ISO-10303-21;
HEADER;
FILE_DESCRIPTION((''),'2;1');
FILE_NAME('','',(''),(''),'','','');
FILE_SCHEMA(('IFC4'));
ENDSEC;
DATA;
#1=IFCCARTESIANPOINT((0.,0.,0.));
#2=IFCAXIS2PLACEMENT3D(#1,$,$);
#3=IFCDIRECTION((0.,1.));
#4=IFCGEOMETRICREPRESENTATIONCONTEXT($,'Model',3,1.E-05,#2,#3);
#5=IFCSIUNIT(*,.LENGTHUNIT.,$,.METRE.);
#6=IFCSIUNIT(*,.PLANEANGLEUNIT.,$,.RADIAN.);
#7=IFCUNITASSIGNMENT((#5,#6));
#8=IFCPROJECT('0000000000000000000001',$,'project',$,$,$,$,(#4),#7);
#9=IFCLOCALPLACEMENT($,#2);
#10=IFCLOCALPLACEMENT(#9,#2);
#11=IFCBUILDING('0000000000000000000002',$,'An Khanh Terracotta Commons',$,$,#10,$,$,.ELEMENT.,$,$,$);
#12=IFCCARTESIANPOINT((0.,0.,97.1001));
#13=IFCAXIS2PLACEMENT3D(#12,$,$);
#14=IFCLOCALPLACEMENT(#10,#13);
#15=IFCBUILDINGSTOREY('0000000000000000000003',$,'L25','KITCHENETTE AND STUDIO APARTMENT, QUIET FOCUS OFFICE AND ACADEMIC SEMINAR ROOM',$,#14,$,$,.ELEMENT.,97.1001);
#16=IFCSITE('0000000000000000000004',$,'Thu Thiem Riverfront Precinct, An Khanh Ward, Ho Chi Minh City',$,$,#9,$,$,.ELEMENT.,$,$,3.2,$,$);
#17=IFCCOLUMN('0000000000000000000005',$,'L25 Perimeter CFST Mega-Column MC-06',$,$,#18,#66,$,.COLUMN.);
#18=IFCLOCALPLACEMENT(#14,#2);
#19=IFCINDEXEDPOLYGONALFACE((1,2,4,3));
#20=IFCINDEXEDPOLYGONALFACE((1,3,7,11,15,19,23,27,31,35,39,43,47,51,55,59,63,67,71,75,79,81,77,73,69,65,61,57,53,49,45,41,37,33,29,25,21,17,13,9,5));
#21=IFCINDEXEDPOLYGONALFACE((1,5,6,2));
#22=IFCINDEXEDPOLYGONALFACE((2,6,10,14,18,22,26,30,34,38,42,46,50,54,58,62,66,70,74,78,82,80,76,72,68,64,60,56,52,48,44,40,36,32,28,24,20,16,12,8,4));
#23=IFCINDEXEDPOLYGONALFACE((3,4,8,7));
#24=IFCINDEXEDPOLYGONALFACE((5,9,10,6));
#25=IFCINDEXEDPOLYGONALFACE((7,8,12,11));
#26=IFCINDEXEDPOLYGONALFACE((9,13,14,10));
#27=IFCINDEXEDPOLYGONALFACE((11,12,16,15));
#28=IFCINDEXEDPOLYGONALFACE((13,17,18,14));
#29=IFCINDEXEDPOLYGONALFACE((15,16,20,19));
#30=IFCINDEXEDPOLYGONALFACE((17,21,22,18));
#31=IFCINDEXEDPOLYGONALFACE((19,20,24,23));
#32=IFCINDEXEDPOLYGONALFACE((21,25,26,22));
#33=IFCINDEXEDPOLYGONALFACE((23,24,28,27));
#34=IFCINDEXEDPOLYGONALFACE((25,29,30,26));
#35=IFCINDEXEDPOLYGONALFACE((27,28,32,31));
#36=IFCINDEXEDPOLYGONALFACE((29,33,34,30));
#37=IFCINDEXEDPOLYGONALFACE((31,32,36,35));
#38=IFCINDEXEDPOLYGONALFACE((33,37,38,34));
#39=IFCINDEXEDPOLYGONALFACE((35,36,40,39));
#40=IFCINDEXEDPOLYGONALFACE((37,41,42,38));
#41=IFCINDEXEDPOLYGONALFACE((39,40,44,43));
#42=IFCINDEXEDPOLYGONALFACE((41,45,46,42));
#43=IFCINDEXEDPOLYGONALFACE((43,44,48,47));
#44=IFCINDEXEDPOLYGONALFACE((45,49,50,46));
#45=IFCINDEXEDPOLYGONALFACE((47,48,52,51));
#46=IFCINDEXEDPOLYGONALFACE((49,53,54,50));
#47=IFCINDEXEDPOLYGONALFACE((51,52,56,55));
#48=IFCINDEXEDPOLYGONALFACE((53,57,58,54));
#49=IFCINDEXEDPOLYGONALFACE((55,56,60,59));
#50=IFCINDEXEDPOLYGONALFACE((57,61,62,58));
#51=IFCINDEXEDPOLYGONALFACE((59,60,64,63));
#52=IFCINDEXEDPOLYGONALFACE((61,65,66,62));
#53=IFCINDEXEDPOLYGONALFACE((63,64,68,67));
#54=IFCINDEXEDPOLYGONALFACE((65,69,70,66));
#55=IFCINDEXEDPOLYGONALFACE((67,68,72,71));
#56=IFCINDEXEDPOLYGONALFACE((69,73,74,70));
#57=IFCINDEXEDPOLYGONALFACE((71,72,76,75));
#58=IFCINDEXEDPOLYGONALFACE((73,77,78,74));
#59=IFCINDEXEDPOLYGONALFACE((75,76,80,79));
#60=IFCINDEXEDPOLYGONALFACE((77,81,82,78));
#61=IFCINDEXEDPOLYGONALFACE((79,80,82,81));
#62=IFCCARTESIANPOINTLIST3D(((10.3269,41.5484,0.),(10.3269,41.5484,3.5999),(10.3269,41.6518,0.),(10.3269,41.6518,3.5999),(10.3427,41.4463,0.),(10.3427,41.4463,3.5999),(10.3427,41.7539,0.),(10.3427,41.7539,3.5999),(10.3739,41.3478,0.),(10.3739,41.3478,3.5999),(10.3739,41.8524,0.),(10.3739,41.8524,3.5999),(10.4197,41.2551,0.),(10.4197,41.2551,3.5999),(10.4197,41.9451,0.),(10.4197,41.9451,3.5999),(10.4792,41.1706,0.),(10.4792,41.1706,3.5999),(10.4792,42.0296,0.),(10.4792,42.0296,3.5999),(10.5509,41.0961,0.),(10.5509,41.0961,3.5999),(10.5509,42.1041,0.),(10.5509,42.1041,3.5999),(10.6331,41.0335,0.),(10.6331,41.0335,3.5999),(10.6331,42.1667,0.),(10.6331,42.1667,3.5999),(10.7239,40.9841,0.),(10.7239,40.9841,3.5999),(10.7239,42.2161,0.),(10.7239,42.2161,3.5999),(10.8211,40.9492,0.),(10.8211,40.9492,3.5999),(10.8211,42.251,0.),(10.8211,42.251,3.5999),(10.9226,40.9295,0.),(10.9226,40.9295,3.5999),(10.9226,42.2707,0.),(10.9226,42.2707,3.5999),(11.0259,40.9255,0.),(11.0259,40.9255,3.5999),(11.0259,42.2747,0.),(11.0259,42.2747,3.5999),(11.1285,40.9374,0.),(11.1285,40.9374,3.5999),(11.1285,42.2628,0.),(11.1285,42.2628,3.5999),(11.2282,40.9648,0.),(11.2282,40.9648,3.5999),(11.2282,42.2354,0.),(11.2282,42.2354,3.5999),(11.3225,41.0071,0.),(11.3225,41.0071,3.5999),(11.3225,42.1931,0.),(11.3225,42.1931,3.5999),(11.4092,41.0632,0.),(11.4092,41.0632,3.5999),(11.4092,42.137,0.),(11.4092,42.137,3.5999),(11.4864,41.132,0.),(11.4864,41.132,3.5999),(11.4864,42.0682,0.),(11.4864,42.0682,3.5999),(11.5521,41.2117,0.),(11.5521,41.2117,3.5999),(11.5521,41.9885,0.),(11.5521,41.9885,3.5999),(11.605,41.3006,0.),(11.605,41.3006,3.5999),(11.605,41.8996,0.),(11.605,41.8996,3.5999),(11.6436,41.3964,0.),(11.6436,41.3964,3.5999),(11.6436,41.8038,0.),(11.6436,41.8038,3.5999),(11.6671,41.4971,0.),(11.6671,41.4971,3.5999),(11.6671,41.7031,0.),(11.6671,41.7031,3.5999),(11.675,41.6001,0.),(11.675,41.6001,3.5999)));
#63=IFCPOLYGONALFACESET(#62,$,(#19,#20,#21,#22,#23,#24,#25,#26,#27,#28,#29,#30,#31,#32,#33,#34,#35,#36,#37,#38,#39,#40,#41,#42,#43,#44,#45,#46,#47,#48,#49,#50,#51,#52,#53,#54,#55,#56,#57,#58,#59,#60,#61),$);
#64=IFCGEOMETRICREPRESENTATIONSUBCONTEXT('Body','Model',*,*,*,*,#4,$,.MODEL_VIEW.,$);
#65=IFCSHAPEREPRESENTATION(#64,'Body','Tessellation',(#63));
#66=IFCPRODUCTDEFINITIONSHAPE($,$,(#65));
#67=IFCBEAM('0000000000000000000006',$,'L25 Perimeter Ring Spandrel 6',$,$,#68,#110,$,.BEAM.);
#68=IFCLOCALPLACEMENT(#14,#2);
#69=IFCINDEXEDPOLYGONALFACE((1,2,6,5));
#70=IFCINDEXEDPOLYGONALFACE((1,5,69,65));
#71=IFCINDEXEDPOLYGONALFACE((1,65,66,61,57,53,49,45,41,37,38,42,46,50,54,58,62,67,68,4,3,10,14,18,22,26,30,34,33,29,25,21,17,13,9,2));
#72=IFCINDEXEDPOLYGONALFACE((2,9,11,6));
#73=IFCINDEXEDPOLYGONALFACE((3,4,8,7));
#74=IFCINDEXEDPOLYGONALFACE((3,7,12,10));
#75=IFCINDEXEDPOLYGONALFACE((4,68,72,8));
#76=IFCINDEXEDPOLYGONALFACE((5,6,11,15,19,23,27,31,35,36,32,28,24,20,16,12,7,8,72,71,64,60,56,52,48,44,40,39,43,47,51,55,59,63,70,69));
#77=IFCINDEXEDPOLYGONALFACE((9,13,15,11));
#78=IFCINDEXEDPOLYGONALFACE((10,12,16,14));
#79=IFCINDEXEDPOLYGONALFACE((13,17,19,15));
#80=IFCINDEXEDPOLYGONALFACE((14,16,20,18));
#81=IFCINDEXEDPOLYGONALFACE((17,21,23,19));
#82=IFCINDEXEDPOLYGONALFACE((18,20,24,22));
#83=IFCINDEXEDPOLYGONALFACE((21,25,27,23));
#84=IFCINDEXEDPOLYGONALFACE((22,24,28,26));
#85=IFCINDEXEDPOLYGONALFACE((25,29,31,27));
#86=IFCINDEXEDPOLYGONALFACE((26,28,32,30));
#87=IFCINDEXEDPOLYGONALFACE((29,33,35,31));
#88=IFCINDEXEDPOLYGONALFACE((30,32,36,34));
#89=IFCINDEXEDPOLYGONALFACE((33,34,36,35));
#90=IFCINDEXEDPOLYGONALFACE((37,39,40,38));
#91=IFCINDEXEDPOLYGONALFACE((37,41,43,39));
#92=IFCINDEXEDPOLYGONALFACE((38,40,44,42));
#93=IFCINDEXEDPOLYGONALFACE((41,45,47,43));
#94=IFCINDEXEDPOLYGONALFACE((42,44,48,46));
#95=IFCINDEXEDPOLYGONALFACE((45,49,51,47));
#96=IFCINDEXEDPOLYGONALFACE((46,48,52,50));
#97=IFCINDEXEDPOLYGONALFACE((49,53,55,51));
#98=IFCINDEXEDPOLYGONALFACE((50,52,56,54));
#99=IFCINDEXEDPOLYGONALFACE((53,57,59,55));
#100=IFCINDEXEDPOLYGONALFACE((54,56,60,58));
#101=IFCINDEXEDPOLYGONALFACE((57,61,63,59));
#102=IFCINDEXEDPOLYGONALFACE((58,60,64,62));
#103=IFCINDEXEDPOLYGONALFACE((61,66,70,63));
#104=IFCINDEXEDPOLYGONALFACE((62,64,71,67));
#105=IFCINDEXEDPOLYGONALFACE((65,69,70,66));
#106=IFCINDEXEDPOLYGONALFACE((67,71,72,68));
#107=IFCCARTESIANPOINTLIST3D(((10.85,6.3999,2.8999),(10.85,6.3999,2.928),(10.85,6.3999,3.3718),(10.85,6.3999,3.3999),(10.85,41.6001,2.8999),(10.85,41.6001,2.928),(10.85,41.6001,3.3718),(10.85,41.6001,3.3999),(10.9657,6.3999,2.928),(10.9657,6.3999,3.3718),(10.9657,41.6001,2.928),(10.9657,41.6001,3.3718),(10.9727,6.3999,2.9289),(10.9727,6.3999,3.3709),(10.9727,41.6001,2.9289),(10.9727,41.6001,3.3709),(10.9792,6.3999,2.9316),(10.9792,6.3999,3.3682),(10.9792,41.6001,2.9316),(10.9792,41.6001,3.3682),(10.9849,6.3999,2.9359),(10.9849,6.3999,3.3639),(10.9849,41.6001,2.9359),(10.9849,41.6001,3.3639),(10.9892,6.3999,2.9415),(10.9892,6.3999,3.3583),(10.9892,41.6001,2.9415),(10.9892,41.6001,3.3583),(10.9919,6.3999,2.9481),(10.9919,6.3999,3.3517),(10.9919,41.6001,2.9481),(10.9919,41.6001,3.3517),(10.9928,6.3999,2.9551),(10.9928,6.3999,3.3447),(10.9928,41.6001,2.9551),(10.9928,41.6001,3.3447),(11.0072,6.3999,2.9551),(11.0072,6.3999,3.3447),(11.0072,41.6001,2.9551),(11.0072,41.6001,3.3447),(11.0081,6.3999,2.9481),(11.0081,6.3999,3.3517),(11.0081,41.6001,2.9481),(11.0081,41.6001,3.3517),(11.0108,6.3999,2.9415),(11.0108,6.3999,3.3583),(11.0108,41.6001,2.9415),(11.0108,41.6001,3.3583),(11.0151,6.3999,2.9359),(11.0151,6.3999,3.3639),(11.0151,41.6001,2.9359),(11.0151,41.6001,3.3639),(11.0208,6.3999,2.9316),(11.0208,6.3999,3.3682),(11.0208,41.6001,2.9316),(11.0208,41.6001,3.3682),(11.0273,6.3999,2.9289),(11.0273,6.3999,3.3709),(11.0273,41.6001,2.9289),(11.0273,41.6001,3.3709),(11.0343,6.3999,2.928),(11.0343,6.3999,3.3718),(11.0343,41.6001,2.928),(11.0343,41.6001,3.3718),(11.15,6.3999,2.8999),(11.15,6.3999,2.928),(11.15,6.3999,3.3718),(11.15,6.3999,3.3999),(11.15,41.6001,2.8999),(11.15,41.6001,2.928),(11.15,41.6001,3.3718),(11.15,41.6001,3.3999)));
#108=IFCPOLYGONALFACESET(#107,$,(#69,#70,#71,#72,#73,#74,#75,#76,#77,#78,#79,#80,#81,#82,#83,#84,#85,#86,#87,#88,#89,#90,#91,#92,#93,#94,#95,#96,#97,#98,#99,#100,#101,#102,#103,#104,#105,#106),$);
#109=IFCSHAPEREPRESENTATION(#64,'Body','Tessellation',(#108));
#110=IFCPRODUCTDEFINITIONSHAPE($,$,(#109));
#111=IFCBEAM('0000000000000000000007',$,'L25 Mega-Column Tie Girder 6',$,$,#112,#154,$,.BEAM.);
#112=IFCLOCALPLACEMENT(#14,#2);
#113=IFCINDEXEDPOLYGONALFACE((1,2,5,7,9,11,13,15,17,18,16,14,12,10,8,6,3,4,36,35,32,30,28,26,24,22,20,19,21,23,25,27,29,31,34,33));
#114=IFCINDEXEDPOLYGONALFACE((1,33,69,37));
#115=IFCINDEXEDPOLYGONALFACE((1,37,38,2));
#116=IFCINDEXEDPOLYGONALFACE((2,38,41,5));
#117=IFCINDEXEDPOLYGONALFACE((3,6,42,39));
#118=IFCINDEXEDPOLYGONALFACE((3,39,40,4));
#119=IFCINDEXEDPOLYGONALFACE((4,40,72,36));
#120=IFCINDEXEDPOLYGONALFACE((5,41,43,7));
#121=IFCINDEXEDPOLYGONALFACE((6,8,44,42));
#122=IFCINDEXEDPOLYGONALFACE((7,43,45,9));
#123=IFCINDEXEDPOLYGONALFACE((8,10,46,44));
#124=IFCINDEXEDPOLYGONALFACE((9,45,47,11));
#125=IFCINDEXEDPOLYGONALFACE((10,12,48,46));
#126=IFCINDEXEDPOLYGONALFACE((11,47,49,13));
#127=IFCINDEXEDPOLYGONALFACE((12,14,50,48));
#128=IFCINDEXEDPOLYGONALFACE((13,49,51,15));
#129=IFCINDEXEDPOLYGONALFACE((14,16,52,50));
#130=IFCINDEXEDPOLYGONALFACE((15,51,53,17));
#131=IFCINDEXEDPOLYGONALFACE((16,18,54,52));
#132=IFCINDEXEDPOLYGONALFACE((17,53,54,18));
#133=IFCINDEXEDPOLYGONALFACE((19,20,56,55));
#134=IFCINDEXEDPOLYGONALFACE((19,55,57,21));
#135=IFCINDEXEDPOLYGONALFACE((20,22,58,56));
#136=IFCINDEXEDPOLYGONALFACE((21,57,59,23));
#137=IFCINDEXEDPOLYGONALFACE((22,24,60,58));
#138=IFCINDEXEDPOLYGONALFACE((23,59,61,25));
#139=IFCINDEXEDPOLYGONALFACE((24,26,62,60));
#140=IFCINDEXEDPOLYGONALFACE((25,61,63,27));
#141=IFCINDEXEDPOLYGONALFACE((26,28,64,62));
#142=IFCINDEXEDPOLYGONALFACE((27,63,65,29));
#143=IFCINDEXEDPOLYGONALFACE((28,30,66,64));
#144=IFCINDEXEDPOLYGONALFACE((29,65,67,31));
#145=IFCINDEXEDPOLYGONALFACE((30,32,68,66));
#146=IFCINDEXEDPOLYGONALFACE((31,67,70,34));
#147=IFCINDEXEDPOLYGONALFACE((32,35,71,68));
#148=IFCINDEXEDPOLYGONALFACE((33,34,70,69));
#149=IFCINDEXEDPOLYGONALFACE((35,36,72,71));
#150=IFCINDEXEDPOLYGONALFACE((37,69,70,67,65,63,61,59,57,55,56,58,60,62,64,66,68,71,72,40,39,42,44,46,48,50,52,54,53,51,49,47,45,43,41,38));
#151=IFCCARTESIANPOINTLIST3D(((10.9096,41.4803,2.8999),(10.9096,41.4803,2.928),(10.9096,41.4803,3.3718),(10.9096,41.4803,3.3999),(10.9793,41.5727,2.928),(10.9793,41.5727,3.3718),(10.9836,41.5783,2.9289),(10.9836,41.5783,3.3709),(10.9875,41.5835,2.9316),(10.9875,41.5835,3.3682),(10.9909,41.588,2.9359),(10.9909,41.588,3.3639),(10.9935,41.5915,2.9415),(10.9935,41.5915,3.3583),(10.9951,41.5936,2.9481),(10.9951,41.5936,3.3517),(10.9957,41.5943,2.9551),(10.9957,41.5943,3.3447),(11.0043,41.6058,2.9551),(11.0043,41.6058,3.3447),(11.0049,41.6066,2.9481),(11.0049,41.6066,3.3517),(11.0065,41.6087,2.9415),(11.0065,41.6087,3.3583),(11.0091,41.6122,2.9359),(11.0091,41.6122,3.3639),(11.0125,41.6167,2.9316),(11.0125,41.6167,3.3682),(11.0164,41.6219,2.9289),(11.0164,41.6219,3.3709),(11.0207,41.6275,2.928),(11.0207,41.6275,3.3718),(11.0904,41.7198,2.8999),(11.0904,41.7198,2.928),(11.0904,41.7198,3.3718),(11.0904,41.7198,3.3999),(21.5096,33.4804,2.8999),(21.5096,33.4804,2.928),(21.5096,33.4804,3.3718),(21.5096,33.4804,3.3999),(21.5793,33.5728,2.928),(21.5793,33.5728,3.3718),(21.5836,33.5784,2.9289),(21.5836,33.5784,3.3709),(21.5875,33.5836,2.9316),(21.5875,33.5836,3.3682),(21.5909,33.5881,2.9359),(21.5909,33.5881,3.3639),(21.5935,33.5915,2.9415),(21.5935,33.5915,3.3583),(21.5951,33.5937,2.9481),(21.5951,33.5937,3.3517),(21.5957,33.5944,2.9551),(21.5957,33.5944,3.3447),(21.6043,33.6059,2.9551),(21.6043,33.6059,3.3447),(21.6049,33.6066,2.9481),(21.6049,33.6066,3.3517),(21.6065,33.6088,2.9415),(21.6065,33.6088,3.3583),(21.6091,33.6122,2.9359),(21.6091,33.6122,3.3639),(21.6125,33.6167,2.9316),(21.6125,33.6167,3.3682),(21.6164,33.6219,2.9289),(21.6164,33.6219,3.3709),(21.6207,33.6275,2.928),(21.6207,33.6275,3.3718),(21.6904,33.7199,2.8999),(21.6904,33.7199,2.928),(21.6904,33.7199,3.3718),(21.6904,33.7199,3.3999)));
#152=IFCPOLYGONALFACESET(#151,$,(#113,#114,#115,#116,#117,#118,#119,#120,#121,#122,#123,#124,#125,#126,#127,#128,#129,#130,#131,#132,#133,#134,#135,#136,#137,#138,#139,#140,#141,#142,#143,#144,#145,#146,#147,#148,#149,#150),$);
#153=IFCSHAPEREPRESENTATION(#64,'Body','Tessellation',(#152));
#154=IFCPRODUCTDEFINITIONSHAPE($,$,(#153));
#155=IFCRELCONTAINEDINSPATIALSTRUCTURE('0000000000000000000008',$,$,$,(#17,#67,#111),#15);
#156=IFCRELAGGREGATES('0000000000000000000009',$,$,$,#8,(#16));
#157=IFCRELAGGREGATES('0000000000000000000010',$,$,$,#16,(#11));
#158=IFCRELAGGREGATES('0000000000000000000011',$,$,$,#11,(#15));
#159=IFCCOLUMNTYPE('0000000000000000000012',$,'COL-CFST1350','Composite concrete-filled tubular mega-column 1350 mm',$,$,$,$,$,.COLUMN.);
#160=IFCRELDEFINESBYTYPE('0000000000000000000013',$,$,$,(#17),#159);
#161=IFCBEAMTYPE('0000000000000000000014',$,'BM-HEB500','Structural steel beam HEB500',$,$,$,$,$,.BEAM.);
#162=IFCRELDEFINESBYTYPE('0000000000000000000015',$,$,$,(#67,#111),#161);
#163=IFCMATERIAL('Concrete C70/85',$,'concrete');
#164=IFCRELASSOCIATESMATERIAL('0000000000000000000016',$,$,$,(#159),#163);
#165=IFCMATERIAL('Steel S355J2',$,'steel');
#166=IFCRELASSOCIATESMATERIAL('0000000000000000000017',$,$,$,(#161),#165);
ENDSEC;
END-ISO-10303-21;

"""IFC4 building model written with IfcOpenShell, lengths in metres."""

from ifc_helpers import new_model, si_unit, direction, frame, origin, origin_2d, place, context, subcontext, project, spatial, circle, i_section, extrude, material, material_profile, profile_set, type_object, element, save


model = new_model("IFC4")

# Units and contexts
model_context = context("Model", 3, precision=1e-05, world=origin(), true_north=direction((0.0, 1.0)))
body_context = subcontext(model_context, "Body", "Model", "MODEL_VIEW")
ifc_project = project(units=[si_unit("LENGTHUNIT", "METRE"), si_unit("PLANEANGLEUNIT", "RADIAN")], contexts=[model_context])

# Site, building, storey
site_placement = place(None, origin())
site = spatial("IfcSite", under=ifc_project, at=site_placement, Name="Thu Thiem Riverfront Precinct, An Khanh Ward, Ho Chi Minh City", CompositionType="ELEMENT", RefElevation=3.2)
building_placement = place(site_placement, origin())
building = spatial("IfcBuilding", under=site, at=building_placement, Name="An Khanh Terracotta Commons", CompositionType="ELEMENT")
storey_placement = place(building_placement, frame((0.0, 0.0, 97.1001)))
storey = spatial("IfcBuildingStorey", under=building, at=storey_placement, Name="L25", Description="KITCHENETTE AND STUDIO APARTMENT, QUIET FOCUS OFFICE AND ACADEMIC SEMINAR ROOM", CompositionType="ELEMENT", Elevation=97.1001)

# Column
ifc_material_1 = material(Name="Concrete C70/85", Category="concrete")
ifc_material_profile_1 = material_profile(ifc_material_1, circle(Radius=0.675, at=origin_2d()), Name="CFST1350")
ifc_profile_set_1 = profile_set([ifc_material_profile_1], Name="Concrete C70/85")
column_type = type_object("IfcColumnType", Name="COL-CFST1350", Description="Composite concrete-filled tubular mega-column 1350 mm", PredefinedType="COLUMN", material=ifc_profile_set_1)
column_placement = place(storey_placement, frame((11.0, 41.6001, 0.0), z_axis=(0.0, 0.0, 1.0), x_axis=(1.0, 0.0, 0.0)))
element("IfcColumn", 1, at=column_placement, inside=storey, type_object=column_type, Name="L25 Perimeter CFST Mega-Column MC-06", PredefinedType="COLUMN", context=body_context, shape_type="SweptSolid", body=[
    extrude(circle(Radius=0.675, at=origin_2d()), origin(), (0.0, 0.0, 1.0), 3.5999),
])

# Beams
ifc_material_2 = material(Name="Steel S355J2", Category="steel")
ifc_material_profile_2 = material_profile(ifc_material_2, i_section(OverallWidth=0.3, OverallDepth=0.5, WebThickness=0.0144, FlangeThickness=0.0281, FilletRadius=0.0271, at=origin_2d()), Name="HEB500")
ifc_profile_set_2 = profile_set([ifc_material_profile_2], Name="Steel S355J2")
beam_type = type_object("IfcBeamType", Name="BM-HEB500", Description="Structural steel beam HEB500", PredefinedType="BEAM", material=ifc_profile_set_2)
beam_1_placement = place(storey_placement, frame((11.0, 41.6001, 3.1499), z_axis=(0.0, -1.0, 0.0), x_axis=(1.0, 0.0, 0.0)))
element("IfcBeam", 2, at=beam_1_placement, inside=storey, type_object=beam_type, Name="L25 Perimeter Ring Spandrel 6", PredefinedType="BEAM", context=body_context, shape_type="SweptSolid", body=[
    extrude(i_section(OverallWidth=0.3, OverallDepth=0.5, WebThickness=0.0144, FlangeThickness=0.0281, FilletRadius=0.0271, at=origin_2d()), origin(), (0.0, 0.0, 1.0), 35.2002),
])
beam_2_placement = place(storey_placement, frame((11.0, 41.6001, 3.1499), z_axis=(0.798192, -0.602403, 0.0), x_axis=(0.602403, 0.798192, 0.0)))
element("IfcBeam", 3, at=beam_2_placement, inside=storey, type_object=beam_type, Name="L25 Mega-Column Tie Girder 6", PredefinedType="BEAM", context=body_context, shape_type="SweptSolid", body=[
    extrude(i_section(OverallWidth=0.3, OverallDepth=0.5, WebThickness=0.0144, FlangeThickness=0.0281, FilletRadius=0.0271, at=origin_2d()), origin(), (0.0, 0.0, 1.0), 13.28),
])

save(model, "model.ifc")
